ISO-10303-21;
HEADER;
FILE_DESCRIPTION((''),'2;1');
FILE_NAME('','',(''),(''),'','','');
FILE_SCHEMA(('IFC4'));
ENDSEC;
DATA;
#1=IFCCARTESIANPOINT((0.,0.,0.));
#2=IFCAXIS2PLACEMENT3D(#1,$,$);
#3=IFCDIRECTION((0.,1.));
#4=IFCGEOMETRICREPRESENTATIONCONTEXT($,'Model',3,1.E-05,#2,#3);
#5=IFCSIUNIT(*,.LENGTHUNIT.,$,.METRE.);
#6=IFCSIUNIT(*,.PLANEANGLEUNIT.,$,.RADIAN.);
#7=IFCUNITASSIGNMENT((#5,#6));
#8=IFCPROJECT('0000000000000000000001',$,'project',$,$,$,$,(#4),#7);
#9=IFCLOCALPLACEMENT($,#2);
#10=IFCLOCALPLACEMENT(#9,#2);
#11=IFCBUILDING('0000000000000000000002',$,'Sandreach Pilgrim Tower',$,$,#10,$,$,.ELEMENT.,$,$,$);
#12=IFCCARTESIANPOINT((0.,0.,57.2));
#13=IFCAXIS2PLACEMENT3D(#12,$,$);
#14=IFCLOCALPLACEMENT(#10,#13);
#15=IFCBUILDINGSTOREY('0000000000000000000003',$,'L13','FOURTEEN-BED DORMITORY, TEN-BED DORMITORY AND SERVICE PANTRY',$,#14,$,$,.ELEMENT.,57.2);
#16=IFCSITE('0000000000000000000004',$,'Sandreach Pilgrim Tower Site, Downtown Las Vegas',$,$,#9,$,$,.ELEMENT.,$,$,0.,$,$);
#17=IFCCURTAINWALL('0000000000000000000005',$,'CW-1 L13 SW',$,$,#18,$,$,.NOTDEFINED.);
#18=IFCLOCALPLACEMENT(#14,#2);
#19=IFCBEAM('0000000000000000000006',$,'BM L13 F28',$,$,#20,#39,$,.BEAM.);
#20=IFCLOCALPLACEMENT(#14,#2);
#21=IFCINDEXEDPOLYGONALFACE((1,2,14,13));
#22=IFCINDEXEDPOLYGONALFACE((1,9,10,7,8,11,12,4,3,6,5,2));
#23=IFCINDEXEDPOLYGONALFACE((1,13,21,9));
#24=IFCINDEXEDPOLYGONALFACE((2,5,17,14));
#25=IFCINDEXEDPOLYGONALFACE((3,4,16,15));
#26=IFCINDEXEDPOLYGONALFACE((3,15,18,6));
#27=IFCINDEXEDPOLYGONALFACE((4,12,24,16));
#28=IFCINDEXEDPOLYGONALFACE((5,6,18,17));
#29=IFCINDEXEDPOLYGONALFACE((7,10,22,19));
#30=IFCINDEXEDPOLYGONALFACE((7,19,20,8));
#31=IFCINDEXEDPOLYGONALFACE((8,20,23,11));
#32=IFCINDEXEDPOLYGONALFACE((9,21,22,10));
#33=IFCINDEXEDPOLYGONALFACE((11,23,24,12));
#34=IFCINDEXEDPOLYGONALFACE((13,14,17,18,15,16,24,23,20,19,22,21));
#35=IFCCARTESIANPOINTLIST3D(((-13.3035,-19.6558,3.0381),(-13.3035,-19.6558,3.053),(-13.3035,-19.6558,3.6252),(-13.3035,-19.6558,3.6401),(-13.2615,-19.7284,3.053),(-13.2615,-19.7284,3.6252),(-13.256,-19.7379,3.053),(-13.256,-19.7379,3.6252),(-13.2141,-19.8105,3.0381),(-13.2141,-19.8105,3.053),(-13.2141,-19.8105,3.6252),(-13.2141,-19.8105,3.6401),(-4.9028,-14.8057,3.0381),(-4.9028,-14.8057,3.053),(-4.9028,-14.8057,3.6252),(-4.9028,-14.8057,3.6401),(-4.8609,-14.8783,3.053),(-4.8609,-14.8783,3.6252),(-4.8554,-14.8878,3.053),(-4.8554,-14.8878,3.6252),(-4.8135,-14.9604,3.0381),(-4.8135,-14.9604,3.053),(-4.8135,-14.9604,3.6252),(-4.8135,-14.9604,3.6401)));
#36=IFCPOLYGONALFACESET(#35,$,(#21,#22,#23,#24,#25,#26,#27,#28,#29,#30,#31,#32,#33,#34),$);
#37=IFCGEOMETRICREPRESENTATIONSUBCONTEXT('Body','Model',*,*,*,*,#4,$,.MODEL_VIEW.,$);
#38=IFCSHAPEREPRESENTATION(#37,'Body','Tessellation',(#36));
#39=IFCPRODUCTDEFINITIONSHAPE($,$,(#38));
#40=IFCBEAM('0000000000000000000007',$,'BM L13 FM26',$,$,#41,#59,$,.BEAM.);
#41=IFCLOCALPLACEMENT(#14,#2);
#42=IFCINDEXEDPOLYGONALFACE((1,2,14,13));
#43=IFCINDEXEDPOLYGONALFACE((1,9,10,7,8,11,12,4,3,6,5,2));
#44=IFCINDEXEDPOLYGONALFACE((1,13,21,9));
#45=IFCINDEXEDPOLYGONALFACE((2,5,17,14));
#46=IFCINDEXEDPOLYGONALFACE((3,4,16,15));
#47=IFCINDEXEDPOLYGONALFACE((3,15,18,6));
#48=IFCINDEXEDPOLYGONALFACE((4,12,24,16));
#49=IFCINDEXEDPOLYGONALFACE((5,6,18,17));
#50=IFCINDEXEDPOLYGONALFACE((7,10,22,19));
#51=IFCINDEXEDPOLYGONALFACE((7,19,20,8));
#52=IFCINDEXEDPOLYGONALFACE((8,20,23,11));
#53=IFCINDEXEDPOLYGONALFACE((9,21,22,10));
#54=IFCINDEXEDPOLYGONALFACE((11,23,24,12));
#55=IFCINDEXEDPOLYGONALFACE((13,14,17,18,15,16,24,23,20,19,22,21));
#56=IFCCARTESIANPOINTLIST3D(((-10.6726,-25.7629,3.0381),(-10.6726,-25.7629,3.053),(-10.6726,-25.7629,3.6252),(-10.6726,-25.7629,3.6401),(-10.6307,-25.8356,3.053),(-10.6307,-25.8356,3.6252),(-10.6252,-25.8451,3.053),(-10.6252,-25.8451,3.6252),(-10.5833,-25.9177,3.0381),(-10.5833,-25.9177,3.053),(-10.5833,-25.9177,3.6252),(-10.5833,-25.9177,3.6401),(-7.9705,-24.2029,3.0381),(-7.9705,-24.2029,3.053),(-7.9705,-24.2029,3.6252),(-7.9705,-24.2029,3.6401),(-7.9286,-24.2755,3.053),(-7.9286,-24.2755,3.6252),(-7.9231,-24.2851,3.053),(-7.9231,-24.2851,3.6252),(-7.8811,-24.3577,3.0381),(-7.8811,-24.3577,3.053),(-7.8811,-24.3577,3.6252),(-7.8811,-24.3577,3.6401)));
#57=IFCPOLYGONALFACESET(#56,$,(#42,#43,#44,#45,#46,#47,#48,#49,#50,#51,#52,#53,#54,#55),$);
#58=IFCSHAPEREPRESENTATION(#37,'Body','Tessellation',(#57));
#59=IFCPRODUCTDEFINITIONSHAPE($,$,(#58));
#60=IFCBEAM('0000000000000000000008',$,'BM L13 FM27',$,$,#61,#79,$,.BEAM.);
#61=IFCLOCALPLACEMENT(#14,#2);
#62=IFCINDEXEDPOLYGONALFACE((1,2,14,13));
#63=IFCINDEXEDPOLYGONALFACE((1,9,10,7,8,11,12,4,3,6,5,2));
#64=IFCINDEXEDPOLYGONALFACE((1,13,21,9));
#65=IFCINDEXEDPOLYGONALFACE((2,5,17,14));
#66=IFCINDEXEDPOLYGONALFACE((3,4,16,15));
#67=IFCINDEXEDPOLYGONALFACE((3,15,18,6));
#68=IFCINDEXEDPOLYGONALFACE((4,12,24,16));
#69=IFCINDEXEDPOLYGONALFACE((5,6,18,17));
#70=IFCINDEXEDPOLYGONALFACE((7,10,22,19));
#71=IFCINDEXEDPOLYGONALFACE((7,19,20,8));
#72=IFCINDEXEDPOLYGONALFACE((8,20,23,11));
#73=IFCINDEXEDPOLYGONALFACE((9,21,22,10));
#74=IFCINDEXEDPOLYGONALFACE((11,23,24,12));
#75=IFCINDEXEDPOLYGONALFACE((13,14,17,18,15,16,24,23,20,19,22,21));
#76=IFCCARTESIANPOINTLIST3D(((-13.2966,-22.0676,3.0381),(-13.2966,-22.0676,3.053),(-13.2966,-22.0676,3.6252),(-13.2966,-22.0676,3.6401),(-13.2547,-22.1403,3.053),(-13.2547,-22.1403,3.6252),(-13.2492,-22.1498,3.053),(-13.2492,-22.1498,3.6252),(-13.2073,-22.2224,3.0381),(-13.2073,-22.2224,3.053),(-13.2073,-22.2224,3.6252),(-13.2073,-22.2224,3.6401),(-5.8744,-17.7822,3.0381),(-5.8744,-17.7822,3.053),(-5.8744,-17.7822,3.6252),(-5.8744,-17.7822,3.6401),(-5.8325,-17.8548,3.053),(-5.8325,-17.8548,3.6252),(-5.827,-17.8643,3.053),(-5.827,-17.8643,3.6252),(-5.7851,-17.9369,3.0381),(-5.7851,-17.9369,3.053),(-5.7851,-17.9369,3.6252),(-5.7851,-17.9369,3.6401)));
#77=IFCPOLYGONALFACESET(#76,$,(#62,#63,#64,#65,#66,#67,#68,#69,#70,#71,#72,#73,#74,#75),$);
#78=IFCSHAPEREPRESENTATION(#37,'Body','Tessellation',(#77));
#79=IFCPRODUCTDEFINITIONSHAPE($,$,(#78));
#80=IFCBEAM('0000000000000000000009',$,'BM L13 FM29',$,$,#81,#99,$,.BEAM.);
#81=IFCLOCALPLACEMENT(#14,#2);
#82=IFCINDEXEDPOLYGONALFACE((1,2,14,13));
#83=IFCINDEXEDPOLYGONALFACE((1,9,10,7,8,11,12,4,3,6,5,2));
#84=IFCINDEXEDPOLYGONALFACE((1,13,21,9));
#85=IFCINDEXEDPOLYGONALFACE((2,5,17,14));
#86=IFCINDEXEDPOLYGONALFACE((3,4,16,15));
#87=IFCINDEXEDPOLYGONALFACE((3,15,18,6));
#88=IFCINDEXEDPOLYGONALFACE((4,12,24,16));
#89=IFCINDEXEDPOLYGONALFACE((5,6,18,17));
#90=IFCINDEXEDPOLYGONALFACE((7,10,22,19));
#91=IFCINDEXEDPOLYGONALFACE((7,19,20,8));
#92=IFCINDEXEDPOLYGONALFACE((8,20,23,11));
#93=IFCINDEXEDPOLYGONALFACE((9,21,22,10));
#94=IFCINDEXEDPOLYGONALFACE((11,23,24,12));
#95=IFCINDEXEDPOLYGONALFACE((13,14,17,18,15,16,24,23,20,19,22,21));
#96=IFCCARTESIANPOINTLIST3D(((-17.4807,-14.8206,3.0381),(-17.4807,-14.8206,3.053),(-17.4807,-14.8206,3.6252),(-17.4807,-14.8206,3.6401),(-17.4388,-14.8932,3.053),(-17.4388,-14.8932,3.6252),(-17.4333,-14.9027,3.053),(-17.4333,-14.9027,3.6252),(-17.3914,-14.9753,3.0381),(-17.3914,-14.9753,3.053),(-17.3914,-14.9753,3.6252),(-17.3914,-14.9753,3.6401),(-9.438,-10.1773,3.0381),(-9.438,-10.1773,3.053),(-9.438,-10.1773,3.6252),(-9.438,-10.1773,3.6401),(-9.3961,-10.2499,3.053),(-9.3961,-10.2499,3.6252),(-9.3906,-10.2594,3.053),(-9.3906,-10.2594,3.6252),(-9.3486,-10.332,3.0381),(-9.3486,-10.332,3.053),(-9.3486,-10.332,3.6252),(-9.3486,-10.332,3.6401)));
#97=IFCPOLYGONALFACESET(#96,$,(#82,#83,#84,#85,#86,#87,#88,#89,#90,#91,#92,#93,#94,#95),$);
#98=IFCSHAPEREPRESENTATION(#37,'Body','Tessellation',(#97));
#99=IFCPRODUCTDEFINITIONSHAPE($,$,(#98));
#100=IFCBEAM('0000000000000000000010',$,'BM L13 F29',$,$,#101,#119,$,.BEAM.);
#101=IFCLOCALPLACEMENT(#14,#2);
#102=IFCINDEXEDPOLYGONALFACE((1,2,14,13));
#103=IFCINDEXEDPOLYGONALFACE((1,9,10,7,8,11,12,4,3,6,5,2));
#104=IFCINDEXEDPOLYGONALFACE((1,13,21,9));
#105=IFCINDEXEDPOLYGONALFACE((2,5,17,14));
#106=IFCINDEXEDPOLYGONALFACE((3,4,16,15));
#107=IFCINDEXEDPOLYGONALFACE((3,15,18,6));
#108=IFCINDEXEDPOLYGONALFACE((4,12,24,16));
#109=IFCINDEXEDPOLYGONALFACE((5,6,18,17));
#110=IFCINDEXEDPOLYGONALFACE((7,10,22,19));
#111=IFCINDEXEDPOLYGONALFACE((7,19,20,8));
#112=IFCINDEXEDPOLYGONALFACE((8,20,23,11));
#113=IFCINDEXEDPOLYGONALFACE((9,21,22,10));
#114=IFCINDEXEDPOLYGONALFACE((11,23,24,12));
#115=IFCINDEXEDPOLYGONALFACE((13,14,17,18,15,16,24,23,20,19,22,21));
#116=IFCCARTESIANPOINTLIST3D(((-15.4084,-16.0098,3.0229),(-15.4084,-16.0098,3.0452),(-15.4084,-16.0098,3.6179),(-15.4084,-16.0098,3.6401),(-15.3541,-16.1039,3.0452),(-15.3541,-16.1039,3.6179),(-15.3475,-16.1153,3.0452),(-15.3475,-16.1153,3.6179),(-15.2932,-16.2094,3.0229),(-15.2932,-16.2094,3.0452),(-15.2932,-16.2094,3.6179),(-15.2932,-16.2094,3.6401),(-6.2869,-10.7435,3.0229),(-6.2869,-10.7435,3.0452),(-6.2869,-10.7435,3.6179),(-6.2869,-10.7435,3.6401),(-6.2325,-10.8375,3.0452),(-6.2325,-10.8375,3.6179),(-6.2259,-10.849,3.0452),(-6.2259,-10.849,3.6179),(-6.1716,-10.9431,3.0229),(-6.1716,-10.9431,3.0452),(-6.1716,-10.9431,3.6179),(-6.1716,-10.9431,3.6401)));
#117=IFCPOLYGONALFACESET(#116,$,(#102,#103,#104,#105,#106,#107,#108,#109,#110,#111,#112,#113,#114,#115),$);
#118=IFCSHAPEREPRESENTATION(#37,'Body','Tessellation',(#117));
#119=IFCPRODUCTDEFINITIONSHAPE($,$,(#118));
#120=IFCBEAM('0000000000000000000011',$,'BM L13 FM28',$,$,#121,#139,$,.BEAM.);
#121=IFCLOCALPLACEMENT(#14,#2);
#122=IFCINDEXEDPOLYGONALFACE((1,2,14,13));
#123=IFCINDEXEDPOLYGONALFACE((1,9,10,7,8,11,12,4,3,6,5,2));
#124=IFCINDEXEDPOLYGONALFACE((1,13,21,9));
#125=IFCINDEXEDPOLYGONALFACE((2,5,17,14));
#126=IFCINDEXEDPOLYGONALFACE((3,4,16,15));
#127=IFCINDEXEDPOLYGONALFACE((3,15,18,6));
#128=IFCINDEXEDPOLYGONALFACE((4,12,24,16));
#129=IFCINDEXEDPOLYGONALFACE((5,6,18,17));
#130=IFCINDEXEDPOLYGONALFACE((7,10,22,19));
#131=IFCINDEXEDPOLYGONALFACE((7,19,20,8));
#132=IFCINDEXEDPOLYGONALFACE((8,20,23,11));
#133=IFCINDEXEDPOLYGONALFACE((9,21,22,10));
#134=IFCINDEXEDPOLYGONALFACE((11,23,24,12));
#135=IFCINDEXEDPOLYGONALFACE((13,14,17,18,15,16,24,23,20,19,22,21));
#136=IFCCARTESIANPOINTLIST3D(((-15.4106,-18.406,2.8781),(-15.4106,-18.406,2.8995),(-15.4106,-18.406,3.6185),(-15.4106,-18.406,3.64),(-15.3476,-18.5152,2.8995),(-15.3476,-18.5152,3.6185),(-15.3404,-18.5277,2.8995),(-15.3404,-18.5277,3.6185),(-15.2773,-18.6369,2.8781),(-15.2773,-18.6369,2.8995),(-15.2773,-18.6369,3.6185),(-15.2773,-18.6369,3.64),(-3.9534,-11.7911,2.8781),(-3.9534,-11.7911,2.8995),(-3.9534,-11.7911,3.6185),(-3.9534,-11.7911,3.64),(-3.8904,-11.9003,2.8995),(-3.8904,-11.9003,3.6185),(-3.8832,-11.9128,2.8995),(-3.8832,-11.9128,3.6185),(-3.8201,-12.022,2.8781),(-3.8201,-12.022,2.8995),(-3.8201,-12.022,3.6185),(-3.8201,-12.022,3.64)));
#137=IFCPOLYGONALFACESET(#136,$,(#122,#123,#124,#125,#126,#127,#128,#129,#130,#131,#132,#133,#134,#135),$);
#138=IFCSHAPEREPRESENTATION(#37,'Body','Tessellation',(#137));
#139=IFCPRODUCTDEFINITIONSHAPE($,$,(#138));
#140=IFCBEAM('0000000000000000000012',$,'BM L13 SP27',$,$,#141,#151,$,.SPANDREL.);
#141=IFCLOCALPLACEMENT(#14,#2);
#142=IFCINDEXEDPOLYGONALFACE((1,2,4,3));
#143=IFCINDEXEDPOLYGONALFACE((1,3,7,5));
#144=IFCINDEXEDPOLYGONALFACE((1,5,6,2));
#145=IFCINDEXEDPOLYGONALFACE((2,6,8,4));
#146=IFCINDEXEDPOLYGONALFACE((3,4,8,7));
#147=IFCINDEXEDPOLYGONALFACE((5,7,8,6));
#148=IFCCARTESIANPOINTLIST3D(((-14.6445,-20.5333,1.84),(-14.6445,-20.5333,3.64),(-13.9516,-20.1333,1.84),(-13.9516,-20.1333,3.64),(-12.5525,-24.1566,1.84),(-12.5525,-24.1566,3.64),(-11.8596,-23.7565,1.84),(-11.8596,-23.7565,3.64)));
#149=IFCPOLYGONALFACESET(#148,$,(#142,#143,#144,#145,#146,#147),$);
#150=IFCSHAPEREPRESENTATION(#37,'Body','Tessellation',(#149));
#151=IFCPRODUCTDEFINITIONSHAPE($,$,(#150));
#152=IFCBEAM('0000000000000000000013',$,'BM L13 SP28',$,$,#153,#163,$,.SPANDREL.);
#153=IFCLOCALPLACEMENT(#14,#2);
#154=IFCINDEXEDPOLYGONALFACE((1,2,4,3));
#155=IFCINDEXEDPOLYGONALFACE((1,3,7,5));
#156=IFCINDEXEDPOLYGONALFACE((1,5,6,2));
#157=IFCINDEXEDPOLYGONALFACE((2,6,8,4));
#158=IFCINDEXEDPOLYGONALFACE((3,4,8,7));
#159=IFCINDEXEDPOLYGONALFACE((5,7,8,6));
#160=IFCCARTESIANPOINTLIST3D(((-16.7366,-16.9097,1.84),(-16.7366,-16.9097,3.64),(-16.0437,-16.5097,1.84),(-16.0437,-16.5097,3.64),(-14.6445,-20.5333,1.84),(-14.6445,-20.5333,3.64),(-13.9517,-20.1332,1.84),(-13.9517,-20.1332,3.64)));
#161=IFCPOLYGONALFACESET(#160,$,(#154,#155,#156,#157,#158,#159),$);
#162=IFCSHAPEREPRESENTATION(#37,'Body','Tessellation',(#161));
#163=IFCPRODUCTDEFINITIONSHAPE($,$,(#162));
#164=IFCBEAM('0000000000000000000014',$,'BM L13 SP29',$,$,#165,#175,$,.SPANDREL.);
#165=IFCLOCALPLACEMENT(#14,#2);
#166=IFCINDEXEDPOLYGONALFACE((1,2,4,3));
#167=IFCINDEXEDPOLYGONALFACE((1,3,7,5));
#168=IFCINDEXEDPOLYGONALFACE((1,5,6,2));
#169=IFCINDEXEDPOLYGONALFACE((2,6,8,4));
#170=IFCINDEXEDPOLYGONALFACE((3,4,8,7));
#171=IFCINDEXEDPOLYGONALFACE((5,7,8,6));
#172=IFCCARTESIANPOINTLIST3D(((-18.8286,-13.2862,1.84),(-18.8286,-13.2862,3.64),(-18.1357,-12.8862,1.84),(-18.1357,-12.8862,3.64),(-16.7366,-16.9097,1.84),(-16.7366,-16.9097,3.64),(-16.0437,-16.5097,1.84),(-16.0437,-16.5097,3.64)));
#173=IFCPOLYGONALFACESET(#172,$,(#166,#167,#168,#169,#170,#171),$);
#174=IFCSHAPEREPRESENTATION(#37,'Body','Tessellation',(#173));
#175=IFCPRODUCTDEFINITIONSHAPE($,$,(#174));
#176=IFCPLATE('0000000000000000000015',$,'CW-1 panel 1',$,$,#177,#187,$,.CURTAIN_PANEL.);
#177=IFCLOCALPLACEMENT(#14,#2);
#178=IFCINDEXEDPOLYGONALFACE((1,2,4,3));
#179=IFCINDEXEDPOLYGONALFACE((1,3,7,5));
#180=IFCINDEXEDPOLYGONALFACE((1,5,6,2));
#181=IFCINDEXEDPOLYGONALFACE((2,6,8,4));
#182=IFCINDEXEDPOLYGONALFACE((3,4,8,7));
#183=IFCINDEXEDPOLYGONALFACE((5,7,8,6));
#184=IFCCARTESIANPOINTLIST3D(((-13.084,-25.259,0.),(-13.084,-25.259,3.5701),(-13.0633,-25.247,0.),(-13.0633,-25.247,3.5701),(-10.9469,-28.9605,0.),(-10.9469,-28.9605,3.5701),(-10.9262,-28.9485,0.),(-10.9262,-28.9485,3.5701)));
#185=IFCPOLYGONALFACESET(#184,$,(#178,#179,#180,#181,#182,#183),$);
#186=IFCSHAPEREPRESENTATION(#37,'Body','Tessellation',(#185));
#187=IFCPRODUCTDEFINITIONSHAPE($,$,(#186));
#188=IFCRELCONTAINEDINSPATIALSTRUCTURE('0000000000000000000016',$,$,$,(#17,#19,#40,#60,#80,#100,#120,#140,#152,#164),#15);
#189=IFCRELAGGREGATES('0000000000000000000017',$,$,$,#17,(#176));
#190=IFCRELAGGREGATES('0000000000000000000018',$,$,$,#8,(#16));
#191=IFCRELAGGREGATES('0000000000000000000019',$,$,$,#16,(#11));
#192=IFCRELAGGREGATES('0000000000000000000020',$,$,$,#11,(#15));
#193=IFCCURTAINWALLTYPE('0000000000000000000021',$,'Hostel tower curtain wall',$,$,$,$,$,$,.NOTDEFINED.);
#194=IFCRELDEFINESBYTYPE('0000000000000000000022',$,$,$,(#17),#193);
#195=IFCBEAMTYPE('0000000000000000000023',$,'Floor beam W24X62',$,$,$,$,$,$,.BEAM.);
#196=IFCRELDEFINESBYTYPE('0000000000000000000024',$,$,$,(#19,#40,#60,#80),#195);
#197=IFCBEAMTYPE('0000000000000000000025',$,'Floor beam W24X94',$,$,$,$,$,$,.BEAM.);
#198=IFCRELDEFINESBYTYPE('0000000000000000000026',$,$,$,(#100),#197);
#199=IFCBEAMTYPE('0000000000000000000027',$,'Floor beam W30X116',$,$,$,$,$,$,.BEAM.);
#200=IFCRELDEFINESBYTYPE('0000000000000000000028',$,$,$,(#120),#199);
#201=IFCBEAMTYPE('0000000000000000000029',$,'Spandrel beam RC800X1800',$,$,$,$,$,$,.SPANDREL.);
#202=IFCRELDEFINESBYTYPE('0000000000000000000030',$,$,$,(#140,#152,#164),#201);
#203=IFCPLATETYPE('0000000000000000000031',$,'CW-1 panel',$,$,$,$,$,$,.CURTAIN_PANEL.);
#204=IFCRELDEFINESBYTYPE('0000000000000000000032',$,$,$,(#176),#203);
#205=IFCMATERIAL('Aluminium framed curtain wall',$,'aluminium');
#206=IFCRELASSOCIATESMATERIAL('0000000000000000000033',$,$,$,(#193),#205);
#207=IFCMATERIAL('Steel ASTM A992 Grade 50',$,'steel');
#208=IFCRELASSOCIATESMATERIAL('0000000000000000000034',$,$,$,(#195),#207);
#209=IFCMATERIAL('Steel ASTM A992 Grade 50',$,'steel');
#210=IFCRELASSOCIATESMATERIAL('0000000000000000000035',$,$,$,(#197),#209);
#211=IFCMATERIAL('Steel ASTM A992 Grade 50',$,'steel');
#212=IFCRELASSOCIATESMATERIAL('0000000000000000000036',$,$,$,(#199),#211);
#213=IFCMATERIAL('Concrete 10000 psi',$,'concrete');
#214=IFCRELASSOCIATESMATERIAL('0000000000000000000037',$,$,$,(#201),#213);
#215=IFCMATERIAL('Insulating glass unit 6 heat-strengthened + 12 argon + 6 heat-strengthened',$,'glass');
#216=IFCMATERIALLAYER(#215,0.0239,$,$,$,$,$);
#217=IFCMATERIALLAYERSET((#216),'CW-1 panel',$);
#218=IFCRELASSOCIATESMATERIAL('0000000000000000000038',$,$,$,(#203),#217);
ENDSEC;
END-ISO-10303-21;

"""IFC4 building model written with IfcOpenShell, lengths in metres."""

from ifc_helpers import new_model, si_unit, direction, frame, origin, origin_2d, place, context, subcontext, project, spatial, rectangle, i_section, extrude, material, layer, layer_set, material_profile, profile_set, type_object, element, aggregate, save


model = new_model("IFC4")

# Units and contexts
model_context = context("Model", 3, precision=1e-05, world=origin(), true_north=direction((0.0, 1.0)))
body_context = subcontext(model_context, "Body", "Model", "MODEL_VIEW")
ifc_project = project(units=[si_unit("LENGTHUNIT", "METRE"), si_unit("PLANEANGLEUNIT", "RADIAN")], contexts=[model_context])

# Site, building, storey
site_placement = place(None, origin())
site = spatial("IfcSite", under=ifc_project, at=site_placement, Name="Sandreach Pilgrim Tower Site, Downtown Las Vegas", CompositionType="ELEMENT", RefElevation=0.0)
building_placement = place(site_placement, origin())
building = spatial("IfcBuilding", under=site, at=building_placement, Name="Sandreach Pilgrim Tower", CompositionType="ELEMENT")
storey_placement = place(building_placement, frame((0.0, 0.0, 57.2)))
storey = spatial("IfcBuildingStorey", under=building, at=storey_placement, Name="L13", Description="FOURTEEN-BED DORMITORY, TEN-BED DORMITORY AND SERVICE PANTRY", CompositionType="ELEMENT", Elevation=57.2)

# Curtain wall
ifc_material_1 = material(Name="Aluminium framed curtain wall", Category="aluminium")
curtain_wall_type = type_object("IfcCurtainWallType", Name="Hostel tower curtain wall", PredefinedType="NOTDEFINED", material=ifc_material_1)
curtain_wall_placement = place(storey_placement, origin())
curtain_wall = element("IfcCurtainWall", 1, at=curtain_wall_placement, inside=storey, type_object=curtain_wall_type, Name="CW-1 L13 SW", PredefinedType="NOTDEFINED")

# Beams
ifc_material_2 = material(Name="Steel ASTM A992 Grade 50", Category="steel")
ifc_material_profile_1 = material_profile(ifc_material_2, i_section(OverallWidth=0.1787, OverallDepth=0.6021, WebThickness=0.011, FlangeThickness=0.0149, at=origin_2d()), Name="W24X62")
ifc_profile_set_1 = profile_set([ifc_material_profile_1], Name="Steel ASTM A992 Grade 50")
beam_type_1 = type_object("IfcBeamType", Name="Floor beam W24X62", PredefinedType="BEAM", material=ifc_profile_set_1)
beam_1_placement = place(storey_placement, frame((-13.2588, -19.7332, 3.3391), z_axis=(0.866026, 0.499999, 0.0), x_axis=(-0.499999, 0.866026, 0.0)))
element("IfcBeam", 2, at=beam_1_placement, inside=storey, type_object=beam_type_1, Name="BM L13 F28", PredefinedType="BEAM", context=body_context, shape_type="SweptSolid", body=[
    extrude(i_section(OverallWidth=0.1787, OverallDepth=0.6021, WebThickness=0.011, FlangeThickness=0.0149, at=origin_2d()), origin(), (0.0, 0.0, 1.0), 9.7002),
])
beam_2_placement = place(storey_placement, frame((-10.6279, -25.8403, 3.3391), z_axis=(0.866029, 0.499993, 0.0), x_axis=(-0.499993, 0.866029, 0.0)))
element("IfcBeam", 3, at=beam_2_placement, inside=storey, type_object=beam_type_1, Name="BM L13 FM26", PredefinedType="BEAM", context=body_context, shape_type="SweptSolid", body=[
    extrude(i_section(OverallWidth=0.1787, OverallDepth=0.6021, WebThickness=0.011, FlangeThickness=0.0149, at=origin_2d()), origin(), (0.0, 0.0, 1.0), 3.1201),
])
beam_3_placement = place(storey_placement, frame((-13.252, -22.145, 3.3391), z_axis=(0.866013, 0.500021, 0.0), x_axis=(-0.500021, 0.866013, 0.0)))
element("IfcBeam", 4, at=beam_3_placement, inside=storey, type_object=beam_type_1, Name="BM L13 FM27", PredefinedType="BEAM", context=body_context, shape_type="SweptSolid", body=[
    extrude(i_section(OverallWidth=0.1787, OverallDepth=0.6021, WebThickness=0.011, FlangeThickness=0.0149, at=origin_2d()), origin(), (0.0, 0.0, 1.0), 8.5706),
])
beam_4_placement = place(storey_placement, frame((-17.436, -14.8979, 3.3391), z_axis=(0.866033, 0.499987, 0.0), x_axis=(-0.499987, 0.866033, 0.0)))
element("IfcBeam", 5, at=beam_4_placement, inside=storey, type_object=beam_type_1, Name="BM L13 FM29", PredefinedType="BEAM", context=body_context, shape_type="SweptSolid", body=[
    extrude(i_section(OverallWidth=0.1787, OverallDepth=0.6021, WebThickness=0.011, FlangeThickness=0.0149, at=origin_2d()), origin(), (0.0, 0.0, 1.0), 9.2869),
])
ifc_material_3 = material(Name="Steel ASTM A992 Grade 50", Category="steel")
ifc_material_profile_2 = material_profile(ifc_material_3, i_section(OverallWidth=0.2305, OverallDepth=0.6172, WebThickness=0.0132, FlangeThickness=0.0222, at=origin_2d()), Name="W24X94")
ifc_profile_set_2 = profile_set([ifc_material_profile_2], Name="Steel ASTM A992 Grade 50")
beam_type_2 = type_object("IfcBeamType", Name="Floor beam W24X94", PredefinedType="BEAM", material=ifc_profile_set_2)
beam_5_placement = place(storey_placement, frame((-15.3508, -16.1096, 3.3315), z_axis=(0.866025, 0.500001, 0.0), x_axis=(-0.500001, 0.866025, 0.0)))
element("IfcBeam", 6, at=beam_5_placement, inside=storey, type_object=beam_type_2, Name="BM L13 F29", PredefinedType="BEAM", context=body_context, shape_type="SweptSolid", body=[
    extrude(i_section(OverallWidth=0.2305, OverallDepth=0.6172, WebThickness=0.0132, FlangeThickness=0.0222, at=origin_2d()), origin(), (0.0, 0.0, 1.0), 10.5327),
])
ifc_material_4 = material(Name="Steel ASTM A992 Grade 50", Category="steel")
ifc_material_profile_3 = material_profile(ifc_material_4, i_section(OverallWidth=0.2666, OverallDepth=0.762, WebThickness=0.0144, FlangeThickness=0.0215, at=origin_2d()), Name="W30X116")
ifc_profile_set_3 = profile_set([ifc_material_profile_3], Name="Steel ASTM A992 Grade 50")
beam_type_3 = type_object("IfcBeamType", Name="Floor beam W30X116", PredefinedType="BEAM", material=ifc_profile_set_3)
beam_6_placement = place(storey_placement, frame((-15.344, -18.5215, 3.259), z_axis=(0.866021, 0.500007, 0.0), x_axis=(-0.500007, 0.866021, 0.0)))
element("IfcBeam", 7, at=beam_6_placement, inside=storey, type_object=beam_type_3, Name="BM L13 FM28", PredefinedType="BEAM", context=body_context, shape_type="SweptSolid", body=[
    extrude(i_section(OverallWidth=0.2666, OverallDepth=0.762, WebThickness=0.0144, FlangeThickness=0.0215, at=origin_2d()), origin(), (0.0, 0.0, 1.0), 13.2297),
])
ifc_material_5 = material(Name="Concrete 10000 psi", Category="concrete")
ifc_material_profile_4 = material_profile(ifc_material_5, rectangle(XDim=0.8, YDim=1.8, at=origin_2d()), Name="RC800X1800")
ifc_profile_set_4 = profile_set([ifc_material_profile_4], Name="Concrete 10000 psi")
beam_type_4 = type_object("IfcBeamType", Name="Spandrel beam RC800X1800", PredefinedType="SPANDREL", material=ifc_profile_set_4)
beam_7_placement = place(storey_placement, frame((-12.2061, -23.9565, 2.74), z_axis=(-0.500024, 0.866012, 0.0), x_axis=(-0.866012, -0.500024, 0.0)))
element("IfcBeam", 8, at=beam_7_placement, inside=storey, type_object=beam_type_4, Name="BM L13 SP27", PredefinedType="SPANDREL", context=body_context, shape_type="SweptSolid", body=[
    extrude(rectangle(XDim=0.8, YDim=1.8, at=origin_2d()), origin(), (0.0, 0.0, 1.0), 4.1838),
])
for number, where, z_axis, x_axis, name in (
    (9, (-14.2981, -20.3333, 2.74), (-0.499999, 0.866026, 0.0), (-0.866026, -0.499999, 0.0), "BM L13 SP28"),
    (10, (-16.3901, -16.7097, 2.74), (-0.499999, 0.866026, 0.0), (-0.866026, -0.499999, 0.0), "BM L13 SP29"),
):
    element("IfcBeam", number, at=place(storey_placement, frame(where, z_axis=z_axis, x_axis=x_axis)), inside=storey, type_object=beam_type_4, Name=name, PredefinedType="SPANDREL", context=body_context, shape_type="SweptSolid", body=[
        extrude(rectangle(XDim=0.8, YDim=1.8, at=origin_2d()), origin(), (0.0, 0.0, 1.0), 4.1841),
    ])

# Plate
ifc_material_6 = material(Name="Insulating glass unit 6 heat-strengthened + 12 argon + 6 heat-strengthened", Category="glass")
ifc_layer_1 = layer(ifc_material_6, 0.0239)
ifc_layer_set_1 = layer_set([ifc_layer_1], Name="CW-1 panel")
plate_type = type_object("IfcPlateType", Name="CW-1 panel", PredefinedType="CURTAIN_PANEL", material=ifc_layer_set_1)
plate_1_placement = place(storey_placement, frame((-12.0051, -27.1038, 0.0), z_axis=(0.0, 0.0, 1.0), x_axis=(-0.5, 0.866025, 0.0)))
plate_1 = element("IfcPlate", 11, at=plate_1_placement, type_object=plate_type, Name="CW-1 panel 1", PredefinedType="CURTAIN_PANEL", context=body_context, shape_type="SweptSolid", body=[
    extrude(rectangle(XDim=4.2742, YDim=0.0239, at=origin_2d()), origin(), (0.0, 0.0, 1.0), 3.5701),
])
aggregate(curtain_wall, [plate_1])

save(model, "model.ifc")
